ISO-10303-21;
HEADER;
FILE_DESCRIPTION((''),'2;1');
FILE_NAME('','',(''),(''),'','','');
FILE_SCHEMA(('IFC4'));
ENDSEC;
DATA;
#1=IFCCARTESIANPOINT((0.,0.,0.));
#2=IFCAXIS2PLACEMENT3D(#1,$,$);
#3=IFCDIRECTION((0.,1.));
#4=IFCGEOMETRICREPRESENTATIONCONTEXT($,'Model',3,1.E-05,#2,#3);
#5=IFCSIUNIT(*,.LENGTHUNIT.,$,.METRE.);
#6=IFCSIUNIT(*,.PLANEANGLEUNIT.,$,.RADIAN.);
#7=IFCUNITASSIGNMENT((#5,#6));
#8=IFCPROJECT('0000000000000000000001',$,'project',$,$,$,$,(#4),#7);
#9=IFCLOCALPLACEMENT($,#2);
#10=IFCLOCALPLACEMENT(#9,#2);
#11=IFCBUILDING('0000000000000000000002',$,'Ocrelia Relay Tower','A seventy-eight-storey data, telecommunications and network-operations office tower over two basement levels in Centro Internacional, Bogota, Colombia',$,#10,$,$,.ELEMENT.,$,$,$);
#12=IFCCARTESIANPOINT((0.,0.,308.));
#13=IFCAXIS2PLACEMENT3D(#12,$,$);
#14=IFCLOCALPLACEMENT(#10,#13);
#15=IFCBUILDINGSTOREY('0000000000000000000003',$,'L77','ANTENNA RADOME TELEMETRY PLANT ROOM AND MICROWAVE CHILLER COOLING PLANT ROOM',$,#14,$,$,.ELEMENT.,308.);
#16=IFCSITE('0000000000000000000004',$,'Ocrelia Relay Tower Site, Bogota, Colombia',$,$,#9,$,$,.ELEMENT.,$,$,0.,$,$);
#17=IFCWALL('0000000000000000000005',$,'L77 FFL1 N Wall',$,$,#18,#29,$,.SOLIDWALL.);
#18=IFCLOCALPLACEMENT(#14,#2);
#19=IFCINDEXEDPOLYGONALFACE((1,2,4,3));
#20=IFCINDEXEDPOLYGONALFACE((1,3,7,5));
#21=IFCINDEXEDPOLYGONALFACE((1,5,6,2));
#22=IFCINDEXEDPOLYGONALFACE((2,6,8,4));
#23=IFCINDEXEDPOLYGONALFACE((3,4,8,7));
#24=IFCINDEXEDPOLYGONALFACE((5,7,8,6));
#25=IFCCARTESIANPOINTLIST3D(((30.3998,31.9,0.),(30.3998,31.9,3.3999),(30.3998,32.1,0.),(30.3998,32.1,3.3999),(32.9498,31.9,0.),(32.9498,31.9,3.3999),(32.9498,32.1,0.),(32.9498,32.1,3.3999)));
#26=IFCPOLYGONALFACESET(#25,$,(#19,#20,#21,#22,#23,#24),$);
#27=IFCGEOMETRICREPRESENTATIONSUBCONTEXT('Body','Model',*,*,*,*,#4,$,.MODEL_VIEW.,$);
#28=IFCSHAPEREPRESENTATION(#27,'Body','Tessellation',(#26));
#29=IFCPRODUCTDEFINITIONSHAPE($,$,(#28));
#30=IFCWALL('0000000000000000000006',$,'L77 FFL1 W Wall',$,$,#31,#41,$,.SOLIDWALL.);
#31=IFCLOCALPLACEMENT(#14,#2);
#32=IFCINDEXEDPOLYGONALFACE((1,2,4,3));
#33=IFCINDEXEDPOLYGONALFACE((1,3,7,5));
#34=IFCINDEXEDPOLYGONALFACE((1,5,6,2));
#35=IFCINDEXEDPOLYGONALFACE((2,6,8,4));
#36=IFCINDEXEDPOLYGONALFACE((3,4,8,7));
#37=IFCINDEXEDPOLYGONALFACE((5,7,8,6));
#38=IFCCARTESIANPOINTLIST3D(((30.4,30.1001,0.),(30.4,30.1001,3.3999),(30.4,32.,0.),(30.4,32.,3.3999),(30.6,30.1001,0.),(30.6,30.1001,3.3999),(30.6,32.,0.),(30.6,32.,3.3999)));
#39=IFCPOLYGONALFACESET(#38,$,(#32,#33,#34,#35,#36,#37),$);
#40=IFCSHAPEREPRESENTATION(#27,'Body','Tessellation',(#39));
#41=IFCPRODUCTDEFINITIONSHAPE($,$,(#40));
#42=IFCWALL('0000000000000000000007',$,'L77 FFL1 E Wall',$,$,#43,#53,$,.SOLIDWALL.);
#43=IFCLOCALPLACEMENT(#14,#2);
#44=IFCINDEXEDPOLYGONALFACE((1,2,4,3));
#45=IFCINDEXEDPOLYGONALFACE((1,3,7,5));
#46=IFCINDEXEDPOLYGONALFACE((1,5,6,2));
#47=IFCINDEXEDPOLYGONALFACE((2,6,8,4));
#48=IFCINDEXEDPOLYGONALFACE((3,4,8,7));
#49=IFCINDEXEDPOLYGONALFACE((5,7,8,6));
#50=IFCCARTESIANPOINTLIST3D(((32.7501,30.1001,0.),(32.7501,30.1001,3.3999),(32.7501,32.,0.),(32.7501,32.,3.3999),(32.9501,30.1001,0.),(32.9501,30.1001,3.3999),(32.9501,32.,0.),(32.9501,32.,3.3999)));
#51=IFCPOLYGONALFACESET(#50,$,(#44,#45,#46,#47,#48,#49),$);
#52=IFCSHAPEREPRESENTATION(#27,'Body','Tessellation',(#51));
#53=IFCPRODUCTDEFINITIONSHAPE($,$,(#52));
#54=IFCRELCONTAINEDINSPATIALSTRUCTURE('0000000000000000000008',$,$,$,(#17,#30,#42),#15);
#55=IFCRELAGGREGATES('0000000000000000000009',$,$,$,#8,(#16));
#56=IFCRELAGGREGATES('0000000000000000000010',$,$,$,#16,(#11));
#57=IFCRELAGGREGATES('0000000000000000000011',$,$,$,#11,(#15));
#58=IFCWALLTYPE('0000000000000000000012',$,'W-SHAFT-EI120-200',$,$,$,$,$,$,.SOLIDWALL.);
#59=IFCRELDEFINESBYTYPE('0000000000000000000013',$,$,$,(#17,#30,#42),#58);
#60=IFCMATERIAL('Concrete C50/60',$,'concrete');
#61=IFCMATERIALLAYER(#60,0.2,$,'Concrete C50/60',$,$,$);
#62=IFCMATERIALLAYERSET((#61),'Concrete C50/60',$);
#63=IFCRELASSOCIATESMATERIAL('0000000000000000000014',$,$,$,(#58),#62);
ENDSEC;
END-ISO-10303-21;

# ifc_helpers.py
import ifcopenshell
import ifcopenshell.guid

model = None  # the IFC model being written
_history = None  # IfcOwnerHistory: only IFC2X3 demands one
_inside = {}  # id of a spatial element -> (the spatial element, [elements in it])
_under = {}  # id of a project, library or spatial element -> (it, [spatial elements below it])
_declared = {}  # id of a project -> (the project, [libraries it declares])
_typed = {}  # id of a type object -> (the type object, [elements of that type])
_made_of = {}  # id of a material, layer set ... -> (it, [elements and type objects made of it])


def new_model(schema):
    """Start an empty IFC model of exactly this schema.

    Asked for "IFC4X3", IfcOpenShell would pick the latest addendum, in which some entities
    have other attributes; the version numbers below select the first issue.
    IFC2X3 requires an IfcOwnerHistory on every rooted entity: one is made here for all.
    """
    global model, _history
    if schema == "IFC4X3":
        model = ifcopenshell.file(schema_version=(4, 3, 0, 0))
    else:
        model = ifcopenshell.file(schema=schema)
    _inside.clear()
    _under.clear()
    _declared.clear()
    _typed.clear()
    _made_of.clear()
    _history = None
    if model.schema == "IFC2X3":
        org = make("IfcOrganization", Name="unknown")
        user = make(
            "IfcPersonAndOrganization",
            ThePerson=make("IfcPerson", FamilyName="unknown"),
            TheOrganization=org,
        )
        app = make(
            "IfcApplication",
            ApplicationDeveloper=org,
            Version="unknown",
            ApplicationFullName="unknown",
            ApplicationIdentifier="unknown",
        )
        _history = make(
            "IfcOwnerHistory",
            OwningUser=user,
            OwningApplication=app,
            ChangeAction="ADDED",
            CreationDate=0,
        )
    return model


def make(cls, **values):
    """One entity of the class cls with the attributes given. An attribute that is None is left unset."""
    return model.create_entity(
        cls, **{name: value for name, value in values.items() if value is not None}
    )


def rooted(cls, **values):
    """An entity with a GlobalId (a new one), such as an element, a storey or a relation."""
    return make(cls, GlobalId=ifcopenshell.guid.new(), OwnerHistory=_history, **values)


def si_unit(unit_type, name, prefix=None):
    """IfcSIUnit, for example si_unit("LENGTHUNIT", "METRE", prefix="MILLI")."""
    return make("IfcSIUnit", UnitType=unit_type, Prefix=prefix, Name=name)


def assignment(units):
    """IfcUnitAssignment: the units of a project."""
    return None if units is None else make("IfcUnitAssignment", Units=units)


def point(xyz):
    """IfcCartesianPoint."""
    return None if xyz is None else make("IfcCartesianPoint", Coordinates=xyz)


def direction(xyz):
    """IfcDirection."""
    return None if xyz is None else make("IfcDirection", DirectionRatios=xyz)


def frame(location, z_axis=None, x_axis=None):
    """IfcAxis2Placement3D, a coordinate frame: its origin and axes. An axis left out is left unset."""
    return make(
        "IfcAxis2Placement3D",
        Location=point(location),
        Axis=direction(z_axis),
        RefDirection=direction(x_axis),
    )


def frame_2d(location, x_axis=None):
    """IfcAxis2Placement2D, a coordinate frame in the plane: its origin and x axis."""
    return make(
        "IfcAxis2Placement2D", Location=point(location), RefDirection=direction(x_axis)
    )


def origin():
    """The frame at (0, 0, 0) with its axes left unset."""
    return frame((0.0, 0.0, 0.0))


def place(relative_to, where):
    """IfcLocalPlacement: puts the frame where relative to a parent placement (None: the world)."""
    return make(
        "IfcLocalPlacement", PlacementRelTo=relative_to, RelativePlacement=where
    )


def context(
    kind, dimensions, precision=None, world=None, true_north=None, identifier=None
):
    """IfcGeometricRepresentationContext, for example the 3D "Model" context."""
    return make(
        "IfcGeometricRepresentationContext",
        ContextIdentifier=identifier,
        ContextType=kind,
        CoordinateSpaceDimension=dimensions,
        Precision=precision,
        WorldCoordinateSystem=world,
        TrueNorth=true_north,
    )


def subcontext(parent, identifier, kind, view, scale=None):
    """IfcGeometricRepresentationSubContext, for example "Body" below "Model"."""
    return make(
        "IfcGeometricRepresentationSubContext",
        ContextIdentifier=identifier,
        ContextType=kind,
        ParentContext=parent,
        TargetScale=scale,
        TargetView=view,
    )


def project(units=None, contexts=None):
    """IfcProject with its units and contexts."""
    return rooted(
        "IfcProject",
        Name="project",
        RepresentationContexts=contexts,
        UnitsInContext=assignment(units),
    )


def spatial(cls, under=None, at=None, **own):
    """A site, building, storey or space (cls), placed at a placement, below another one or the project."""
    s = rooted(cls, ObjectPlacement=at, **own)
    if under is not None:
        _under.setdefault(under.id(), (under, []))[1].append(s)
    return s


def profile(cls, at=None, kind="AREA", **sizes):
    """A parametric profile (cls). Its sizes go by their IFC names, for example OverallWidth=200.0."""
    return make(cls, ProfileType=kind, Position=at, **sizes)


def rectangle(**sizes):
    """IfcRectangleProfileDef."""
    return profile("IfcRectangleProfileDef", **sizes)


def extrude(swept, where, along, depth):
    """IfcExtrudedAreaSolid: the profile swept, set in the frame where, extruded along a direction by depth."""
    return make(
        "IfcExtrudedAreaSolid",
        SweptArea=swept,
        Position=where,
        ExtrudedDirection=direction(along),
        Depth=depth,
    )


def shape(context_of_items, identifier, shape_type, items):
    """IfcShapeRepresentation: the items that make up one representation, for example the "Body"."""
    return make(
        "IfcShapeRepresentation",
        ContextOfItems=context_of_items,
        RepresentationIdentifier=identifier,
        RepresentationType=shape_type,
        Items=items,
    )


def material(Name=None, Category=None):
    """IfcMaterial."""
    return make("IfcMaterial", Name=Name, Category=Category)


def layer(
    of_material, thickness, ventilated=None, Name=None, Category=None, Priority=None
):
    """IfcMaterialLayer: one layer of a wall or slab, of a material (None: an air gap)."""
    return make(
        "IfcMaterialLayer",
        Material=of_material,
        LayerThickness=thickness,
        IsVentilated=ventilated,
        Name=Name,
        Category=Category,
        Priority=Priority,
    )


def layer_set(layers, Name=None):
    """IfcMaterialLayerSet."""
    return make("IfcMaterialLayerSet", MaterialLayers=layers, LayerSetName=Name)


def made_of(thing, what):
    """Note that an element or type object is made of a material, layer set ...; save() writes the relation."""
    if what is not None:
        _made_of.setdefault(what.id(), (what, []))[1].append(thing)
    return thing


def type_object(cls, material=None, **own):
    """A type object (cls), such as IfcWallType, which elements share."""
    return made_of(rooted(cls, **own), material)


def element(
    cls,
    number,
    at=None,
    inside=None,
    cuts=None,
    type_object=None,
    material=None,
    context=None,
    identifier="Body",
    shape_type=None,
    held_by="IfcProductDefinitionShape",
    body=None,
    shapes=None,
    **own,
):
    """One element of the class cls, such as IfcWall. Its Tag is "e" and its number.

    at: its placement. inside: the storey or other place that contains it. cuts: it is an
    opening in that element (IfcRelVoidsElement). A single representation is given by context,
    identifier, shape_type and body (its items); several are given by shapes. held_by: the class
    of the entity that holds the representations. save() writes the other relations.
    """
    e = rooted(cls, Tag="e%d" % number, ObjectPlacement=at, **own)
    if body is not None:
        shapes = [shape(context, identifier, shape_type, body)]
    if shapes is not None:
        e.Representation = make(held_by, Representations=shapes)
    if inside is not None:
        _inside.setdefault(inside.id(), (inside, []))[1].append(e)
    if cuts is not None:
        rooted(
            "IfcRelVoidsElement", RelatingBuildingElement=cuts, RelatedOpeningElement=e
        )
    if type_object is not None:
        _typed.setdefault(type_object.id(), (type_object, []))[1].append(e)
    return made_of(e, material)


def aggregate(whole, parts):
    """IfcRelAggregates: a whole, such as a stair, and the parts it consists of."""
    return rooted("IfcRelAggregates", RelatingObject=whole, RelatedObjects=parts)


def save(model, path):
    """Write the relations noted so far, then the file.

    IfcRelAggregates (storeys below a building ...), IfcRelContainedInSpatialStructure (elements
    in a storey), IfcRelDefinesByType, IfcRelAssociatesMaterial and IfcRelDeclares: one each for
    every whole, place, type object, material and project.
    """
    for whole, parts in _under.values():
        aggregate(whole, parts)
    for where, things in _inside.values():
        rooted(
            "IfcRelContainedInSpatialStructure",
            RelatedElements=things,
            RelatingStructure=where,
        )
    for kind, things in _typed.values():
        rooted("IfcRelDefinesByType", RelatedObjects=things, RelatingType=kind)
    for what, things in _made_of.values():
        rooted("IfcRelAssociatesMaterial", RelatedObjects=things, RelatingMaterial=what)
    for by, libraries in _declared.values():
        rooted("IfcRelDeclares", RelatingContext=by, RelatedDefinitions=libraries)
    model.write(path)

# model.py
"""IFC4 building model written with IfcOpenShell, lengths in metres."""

from ifc_helpers import new_model, si_unit, direction, frame, frame_2d, origin, place, context, subcontext, project, spatial, rectangle, extrude, material, layer, layer_set, type_object, element, save


model = new_model("IFC4")

# Units and contexts
model_context = context("Model", 3, precision=1e-05, world=origin(), true_north=direction((0.0, 1.0)))
body_context = subcontext(model_context, "Body", "Model", "MODEL_VIEW")
ifc_project = project(units=[si_unit("LENGTHUNIT", "METRE"), si_unit("PLANEANGLEUNIT", "RADIAN")], contexts=[model_context])

# Site, building, storey
site_placement = place(None, origin())
site = spatial("IfcSite", under=ifc_project, at=site_placement, Name="Ocrelia Relay Tower Site, Bogota, Colombia", CompositionType="ELEMENT", RefElevation=0.0)
building_placement = place(site_placement, origin())
building = spatial("IfcBuilding", under=site, at=building_placement, Name="Ocrelia Relay Tower", Description="A seventy-eight-storey data, telecommunications and network-operations office tower over two basement levels in Centro Internacional, Bogota, Colombia", CompositionType="ELEMENT")
storey_placement = place(building_placement, frame((0.0, 0.0, 308.0)))
storey = spatial("IfcBuildingStorey", under=building, at=storey_placement, Name="L77", Description="ANTENNA RADOME TELEMETRY PLANT ROOM AND MICROWAVE CHILLER COOLING PLANT ROOM", CompositionType="ELEMENT", Elevation=308.0)

# Shared definitions
ifc_material_1 = material(Name="Concrete C50/60", Category="concrete")

# Shared definitions
ifc_layer_1 = layer(ifc_material_1, 0.2, Name="Concrete C50/60")
ifc_layer_set_1 = layer_set([ifc_layer_1], Name="Concrete C50/60")
wall_type_1 = type_object("IfcWallType", Name="W-SHAFT-EI120-200", PredefinedType="SOLIDWALL", material=ifc_layer_set_1)

# Walls
wall_1_placement = place(storey_placement, frame((30.3999, 32.0, 0.0), z_axis=(0.0, 0.0, 1.0), x_axis=(1.0, 0.0, 0.0)))
element("IfcWall", 1, at=wall_1_placement, inside=storey, type_object=wall_type_1, Name="L77 FFL1 N Wall", PredefinedType="SOLIDWALL", context=body_context, shape_type="SweptSolid", body=[
    extrude(rectangle(XDim=2.55, YDim=0.2, at=frame_2d((1.2749, 0.0))), origin(), (0.0, 0.0, 1.0), 3.3999),
])
for number, where, z_axis, x_axis, name in (
    (2, (30.5, 30.1001, 0.0), (0.0, 0.0, 1.0), (0.0, 1.0, 0.0), "L77 FFL1 W Wall"),
    (3, (32.8501, 30.1001, 0.0), (0.0, 0.0, 1.0), (0.0, 1.0, 0.0), "L77 FFL1 E Wall"),
):
    element("IfcWall", number, at=place(storey_placement, frame(where, z_axis=z_axis, x_axis=x_axis)), inside=storey, type_object=wall_type_1, Name=name, PredefinedType="SOLIDWALL", context=body_context, shape_type="SweptSolid", body=[
        extrude(rectangle(XDim=1.8999, YDim=0.2, at=frame_2d((0.95, 0.0))), origin(), (0.0, 0.0, 1.0), 3.3999),
    ])

save(model, "model.ifc")
